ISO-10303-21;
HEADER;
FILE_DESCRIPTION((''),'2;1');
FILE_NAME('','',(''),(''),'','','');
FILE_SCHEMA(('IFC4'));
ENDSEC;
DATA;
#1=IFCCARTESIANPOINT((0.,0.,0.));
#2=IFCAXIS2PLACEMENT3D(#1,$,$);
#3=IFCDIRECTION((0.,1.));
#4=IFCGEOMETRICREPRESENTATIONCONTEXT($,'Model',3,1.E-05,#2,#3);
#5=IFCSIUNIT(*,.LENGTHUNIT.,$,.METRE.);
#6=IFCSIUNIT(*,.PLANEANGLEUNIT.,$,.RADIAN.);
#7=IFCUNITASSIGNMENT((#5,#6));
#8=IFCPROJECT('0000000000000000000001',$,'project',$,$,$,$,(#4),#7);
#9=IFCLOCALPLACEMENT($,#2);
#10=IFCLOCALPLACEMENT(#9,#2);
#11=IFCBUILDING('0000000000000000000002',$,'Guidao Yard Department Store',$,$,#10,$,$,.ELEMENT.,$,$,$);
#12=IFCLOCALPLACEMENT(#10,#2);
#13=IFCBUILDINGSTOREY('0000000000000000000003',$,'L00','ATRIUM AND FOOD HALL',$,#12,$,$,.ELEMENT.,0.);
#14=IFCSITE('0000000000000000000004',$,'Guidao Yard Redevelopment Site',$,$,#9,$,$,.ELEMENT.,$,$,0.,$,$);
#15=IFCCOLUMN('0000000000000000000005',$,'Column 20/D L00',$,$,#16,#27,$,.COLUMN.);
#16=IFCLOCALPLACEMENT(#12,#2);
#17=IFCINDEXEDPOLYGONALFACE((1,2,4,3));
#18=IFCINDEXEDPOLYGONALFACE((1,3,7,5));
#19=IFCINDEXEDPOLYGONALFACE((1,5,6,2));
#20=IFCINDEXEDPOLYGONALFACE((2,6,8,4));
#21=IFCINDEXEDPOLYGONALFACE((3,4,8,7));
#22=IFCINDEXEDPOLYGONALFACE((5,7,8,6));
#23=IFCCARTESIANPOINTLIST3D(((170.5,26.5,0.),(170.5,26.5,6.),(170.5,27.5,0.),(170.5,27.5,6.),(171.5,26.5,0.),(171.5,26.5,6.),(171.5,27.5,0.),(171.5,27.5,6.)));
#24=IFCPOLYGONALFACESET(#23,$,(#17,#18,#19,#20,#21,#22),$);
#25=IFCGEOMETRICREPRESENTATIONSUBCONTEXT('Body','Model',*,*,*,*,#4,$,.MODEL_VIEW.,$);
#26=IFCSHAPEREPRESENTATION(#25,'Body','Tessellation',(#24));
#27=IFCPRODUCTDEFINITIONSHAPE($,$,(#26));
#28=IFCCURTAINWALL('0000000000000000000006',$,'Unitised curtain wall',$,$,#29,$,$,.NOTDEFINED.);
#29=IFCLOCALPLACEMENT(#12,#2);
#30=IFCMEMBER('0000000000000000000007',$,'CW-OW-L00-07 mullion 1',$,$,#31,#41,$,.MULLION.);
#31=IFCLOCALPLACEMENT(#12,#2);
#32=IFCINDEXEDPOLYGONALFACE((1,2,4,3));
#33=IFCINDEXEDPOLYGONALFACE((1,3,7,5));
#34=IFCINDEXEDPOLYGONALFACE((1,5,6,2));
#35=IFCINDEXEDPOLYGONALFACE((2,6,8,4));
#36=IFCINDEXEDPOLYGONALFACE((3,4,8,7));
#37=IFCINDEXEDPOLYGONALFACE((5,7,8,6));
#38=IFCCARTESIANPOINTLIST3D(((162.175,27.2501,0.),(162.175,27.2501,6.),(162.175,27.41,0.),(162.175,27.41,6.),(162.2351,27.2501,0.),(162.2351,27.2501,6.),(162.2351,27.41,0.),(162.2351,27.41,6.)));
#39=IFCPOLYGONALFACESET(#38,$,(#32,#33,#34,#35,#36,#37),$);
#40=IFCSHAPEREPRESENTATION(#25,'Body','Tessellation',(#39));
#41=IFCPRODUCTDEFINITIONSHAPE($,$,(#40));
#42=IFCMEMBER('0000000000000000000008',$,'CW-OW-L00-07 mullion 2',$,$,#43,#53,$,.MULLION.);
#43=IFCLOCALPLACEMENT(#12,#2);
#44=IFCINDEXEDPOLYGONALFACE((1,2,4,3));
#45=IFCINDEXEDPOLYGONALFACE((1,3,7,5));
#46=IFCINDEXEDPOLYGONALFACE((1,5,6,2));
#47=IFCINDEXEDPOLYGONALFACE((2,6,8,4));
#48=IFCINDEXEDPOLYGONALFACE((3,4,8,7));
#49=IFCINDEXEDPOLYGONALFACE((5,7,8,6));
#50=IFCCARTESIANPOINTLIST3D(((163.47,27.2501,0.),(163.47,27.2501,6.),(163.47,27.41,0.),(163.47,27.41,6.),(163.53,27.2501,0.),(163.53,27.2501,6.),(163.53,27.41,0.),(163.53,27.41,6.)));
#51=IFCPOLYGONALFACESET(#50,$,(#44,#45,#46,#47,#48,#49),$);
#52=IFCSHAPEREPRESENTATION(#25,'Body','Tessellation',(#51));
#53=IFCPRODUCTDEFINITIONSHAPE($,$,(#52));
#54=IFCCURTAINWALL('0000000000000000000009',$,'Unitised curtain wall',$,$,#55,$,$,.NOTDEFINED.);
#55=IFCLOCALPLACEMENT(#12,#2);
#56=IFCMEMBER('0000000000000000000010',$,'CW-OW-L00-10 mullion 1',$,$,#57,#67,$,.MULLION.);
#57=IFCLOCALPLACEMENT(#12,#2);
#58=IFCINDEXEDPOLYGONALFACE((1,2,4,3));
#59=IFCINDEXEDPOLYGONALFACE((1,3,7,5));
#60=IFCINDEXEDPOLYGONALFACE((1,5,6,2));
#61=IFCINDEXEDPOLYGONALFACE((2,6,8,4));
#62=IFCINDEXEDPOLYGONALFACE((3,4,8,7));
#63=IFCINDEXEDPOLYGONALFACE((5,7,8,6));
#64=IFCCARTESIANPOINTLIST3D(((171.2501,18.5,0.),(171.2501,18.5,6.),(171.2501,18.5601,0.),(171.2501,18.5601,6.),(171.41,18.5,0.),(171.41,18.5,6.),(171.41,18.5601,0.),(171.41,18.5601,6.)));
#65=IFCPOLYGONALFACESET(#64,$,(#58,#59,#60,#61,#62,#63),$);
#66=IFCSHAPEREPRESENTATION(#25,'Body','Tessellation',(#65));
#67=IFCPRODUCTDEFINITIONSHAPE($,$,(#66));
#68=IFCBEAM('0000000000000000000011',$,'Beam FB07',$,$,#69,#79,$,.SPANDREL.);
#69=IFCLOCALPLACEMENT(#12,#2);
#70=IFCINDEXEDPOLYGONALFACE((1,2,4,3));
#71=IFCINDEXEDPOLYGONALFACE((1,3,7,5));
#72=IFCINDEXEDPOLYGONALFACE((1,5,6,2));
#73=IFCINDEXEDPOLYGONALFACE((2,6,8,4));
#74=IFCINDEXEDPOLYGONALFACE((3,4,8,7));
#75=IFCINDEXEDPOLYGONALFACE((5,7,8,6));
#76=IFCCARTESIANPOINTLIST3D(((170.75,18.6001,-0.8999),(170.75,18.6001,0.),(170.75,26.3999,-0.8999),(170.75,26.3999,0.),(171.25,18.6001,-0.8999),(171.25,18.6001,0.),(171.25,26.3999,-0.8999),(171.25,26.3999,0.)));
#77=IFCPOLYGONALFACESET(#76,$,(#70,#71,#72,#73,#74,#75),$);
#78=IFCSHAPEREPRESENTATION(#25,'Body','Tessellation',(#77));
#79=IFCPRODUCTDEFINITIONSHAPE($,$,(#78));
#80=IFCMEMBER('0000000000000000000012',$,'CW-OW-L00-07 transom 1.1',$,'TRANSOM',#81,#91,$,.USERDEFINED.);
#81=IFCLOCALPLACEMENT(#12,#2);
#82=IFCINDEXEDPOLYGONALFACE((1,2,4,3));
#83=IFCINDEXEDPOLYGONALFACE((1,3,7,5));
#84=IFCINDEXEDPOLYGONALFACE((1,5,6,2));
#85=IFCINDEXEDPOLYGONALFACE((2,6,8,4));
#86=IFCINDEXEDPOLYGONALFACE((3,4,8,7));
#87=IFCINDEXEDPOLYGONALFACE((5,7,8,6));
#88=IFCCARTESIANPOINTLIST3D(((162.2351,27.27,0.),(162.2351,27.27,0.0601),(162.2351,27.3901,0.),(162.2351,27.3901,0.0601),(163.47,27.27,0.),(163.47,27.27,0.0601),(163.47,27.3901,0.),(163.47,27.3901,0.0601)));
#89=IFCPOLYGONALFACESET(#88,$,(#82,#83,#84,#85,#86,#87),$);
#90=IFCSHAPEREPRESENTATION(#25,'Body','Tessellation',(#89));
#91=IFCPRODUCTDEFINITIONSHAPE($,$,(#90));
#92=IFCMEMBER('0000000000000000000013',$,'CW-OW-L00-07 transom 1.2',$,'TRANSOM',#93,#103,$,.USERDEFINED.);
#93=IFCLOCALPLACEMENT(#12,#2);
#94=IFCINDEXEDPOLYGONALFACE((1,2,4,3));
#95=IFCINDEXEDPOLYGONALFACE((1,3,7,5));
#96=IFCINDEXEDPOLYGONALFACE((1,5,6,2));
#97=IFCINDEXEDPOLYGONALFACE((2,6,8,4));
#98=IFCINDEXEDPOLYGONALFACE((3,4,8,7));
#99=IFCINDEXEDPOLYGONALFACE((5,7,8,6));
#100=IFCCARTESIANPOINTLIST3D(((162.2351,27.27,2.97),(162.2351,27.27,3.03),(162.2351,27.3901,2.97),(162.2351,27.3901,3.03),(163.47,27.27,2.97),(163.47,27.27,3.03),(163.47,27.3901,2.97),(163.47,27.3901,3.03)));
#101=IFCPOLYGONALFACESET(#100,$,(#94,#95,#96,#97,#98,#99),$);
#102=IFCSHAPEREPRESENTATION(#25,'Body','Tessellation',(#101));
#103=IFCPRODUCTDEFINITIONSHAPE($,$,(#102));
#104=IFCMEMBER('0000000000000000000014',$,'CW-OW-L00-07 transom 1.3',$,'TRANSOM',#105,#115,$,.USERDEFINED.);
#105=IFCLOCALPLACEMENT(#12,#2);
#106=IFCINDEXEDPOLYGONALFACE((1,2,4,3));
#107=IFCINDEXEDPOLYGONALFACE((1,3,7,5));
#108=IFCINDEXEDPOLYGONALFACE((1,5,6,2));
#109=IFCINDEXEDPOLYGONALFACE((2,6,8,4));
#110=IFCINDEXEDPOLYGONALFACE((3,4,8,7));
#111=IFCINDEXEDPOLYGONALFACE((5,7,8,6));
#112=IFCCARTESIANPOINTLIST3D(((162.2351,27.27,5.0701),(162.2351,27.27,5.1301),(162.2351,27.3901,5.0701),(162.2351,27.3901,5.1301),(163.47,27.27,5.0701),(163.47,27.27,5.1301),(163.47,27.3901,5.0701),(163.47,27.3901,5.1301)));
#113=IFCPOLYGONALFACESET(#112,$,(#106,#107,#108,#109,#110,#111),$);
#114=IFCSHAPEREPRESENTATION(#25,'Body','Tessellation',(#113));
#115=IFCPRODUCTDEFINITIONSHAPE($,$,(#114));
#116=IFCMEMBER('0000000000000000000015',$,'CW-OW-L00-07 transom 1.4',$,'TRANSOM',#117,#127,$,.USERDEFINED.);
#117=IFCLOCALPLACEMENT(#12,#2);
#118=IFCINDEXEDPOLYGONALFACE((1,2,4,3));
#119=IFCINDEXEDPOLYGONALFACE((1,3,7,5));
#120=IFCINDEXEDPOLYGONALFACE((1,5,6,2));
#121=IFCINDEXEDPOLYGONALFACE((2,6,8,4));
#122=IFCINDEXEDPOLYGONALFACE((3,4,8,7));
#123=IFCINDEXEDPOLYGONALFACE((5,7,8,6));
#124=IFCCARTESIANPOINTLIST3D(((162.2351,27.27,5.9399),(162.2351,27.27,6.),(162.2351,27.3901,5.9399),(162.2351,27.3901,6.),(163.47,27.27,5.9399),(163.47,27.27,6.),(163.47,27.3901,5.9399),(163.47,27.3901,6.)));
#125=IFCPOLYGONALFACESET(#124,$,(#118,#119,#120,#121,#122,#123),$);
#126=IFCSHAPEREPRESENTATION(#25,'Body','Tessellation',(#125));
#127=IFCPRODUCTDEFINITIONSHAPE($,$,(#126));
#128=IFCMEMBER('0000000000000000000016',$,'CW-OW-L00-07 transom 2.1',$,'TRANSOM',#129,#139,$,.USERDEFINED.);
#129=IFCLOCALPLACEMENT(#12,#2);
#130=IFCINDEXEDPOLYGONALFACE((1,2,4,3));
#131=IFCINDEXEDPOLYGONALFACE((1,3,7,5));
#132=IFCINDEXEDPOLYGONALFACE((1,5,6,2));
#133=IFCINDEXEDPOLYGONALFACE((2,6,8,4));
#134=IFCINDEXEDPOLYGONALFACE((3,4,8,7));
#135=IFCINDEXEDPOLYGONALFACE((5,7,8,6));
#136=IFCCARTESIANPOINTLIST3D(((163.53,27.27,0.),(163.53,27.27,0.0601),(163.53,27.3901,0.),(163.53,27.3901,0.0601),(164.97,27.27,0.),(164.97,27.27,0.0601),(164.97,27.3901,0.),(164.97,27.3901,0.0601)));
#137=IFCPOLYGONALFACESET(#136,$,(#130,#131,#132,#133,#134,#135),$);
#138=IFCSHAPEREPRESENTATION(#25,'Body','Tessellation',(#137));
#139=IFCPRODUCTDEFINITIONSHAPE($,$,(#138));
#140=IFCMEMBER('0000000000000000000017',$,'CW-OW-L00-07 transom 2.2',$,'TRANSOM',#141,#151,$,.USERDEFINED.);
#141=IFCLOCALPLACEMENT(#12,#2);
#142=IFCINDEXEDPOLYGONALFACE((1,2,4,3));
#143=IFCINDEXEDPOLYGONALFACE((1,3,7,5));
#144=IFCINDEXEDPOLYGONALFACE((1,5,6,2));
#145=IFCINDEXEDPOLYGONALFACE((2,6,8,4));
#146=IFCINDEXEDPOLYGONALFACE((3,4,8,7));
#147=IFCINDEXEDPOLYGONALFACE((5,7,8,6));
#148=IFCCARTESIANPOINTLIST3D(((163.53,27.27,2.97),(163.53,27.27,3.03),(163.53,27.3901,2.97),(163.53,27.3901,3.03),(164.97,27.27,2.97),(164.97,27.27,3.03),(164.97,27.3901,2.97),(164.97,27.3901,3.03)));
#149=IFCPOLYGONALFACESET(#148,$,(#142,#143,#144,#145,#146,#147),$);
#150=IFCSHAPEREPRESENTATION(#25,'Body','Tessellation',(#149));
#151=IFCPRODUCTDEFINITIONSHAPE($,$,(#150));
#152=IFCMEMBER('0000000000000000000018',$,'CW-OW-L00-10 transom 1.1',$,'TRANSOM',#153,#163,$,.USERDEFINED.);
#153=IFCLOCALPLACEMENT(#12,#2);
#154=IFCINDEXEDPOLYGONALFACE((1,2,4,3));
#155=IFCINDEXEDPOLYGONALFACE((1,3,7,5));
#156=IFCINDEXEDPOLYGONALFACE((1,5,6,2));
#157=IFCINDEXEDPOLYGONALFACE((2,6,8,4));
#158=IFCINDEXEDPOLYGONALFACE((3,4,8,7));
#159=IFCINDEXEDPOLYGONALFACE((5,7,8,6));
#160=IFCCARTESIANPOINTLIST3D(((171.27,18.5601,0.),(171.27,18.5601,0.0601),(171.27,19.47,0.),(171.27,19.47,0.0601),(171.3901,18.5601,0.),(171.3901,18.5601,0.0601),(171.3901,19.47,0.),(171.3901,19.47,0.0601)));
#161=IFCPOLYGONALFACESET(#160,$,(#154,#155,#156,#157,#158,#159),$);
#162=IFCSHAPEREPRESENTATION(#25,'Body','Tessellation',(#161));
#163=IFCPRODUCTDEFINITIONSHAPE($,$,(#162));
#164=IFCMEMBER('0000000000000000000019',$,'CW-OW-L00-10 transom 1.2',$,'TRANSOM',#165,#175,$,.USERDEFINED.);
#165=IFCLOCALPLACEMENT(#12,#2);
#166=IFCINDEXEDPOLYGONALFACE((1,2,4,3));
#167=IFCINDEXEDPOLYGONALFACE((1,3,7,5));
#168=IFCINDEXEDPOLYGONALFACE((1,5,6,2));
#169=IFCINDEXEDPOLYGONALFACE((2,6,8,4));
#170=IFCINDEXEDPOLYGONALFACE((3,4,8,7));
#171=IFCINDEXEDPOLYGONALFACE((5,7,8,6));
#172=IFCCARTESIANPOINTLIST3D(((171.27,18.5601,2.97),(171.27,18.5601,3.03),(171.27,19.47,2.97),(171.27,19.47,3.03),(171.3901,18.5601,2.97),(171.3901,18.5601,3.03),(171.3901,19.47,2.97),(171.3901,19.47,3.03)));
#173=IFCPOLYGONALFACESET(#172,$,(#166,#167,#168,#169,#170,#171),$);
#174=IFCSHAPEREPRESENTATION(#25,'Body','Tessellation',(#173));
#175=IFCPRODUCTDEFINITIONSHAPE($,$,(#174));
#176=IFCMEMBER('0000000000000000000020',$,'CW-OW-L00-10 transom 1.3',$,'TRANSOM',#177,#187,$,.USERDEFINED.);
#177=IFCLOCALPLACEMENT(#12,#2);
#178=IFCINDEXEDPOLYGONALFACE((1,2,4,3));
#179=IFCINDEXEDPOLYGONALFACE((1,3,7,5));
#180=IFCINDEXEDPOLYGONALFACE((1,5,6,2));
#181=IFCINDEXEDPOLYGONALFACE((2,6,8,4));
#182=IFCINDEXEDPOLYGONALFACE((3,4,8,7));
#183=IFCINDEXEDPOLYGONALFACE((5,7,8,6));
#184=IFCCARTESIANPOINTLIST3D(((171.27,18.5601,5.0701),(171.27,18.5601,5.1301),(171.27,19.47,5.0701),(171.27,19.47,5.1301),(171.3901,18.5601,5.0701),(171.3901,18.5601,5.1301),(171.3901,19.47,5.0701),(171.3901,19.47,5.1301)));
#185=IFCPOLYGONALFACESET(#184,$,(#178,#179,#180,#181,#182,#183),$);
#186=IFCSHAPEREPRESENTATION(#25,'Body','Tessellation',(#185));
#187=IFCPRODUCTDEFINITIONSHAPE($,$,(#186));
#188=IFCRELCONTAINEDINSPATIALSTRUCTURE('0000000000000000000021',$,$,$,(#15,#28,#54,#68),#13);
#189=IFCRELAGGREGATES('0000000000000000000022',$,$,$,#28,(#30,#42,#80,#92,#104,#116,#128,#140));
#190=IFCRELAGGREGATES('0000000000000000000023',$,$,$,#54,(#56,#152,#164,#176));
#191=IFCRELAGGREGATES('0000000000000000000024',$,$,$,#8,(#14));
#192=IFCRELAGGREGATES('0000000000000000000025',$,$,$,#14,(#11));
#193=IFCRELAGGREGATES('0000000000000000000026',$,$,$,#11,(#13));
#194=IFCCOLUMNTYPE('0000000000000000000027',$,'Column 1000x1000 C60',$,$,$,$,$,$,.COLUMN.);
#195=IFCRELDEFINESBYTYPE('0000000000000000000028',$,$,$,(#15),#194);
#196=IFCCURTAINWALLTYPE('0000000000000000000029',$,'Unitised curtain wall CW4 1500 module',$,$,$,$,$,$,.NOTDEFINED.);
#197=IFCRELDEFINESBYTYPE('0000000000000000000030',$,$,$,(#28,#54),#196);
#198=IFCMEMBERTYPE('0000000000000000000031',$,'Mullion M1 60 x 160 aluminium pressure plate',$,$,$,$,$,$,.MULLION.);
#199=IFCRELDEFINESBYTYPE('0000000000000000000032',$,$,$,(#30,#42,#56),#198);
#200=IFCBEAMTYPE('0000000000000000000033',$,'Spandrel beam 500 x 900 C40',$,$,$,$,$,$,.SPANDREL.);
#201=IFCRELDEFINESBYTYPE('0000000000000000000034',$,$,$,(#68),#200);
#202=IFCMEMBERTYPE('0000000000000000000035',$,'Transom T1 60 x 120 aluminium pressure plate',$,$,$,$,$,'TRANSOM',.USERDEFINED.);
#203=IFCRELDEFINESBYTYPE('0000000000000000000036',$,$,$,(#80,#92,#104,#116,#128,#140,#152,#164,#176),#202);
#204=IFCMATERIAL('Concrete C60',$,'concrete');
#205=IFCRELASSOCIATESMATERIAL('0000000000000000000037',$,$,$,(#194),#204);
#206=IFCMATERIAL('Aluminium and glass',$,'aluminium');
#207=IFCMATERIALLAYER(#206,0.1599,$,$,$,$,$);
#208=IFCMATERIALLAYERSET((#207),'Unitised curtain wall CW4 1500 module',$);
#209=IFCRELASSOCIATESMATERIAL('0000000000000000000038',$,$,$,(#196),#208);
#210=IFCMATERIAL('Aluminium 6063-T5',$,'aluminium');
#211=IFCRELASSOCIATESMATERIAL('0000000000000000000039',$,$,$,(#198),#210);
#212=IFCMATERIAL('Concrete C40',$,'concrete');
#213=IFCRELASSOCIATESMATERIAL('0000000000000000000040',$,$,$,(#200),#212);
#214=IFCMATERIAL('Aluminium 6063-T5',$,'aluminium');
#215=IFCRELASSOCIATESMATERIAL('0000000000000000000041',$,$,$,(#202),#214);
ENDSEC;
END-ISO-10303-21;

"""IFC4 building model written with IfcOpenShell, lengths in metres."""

from ifc_helpers import new_model, si_unit, direction, frame, origin, origin_2d, place, context, subcontext, project, spatial, rectangle, extrude, material, layer, layer_set, material_profile, profile_set, type_object, element, aggregate, save


model = new_model("IFC4")

# Units and contexts
model_context = context("Model", 3, precision=1e-05, world=origin(), true_north=direction((0.0, 1.0)))
body_context = subcontext(model_context, "Body", "Model", "MODEL_VIEW")
ifc_project = project(units=[si_unit("LENGTHUNIT", "METRE"), si_unit("PLANEANGLEUNIT", "RADIAN")], contexts=[model_context])

# Site, building, storey
site_placement = place(None, origin())
site = spatial("IfcSite", under=ifc_project, at=site_placement, Name="Guidao Yard Redevelopment Site", CompositionType="ELEMENT", RefElevation=0.0)
building_placement = place(site_placement, origin())
building = spatial("IfcBuilding", under=site, at=building_placement, Name="Guidao Yard Department Store", CompositionType="ELEMENT")
storey_placement = place(building_placement, origin())
storey = spatial("IfcBuildingStorey", under=building, at=storey_placement, Name="L00", Description="ATRIUM AND FOOD HALL", CompositionType="ELEMENT", Elevation=0.0)

# Column
ifc_material_1 = material(Name="Concrete C60", Category="concrete")
ifc_material_profile_1 = material_profile(ifc_material_1, rectangle(XDim=1.0, YDim=1.0, at=origin_2d()), Name="COL 1000x1000")
ifc_profile_set_1 = profile_set([ifc_material_profile_1], Name="Concrete C60")
column_type = type_object("IfcColumnType", Name="Column 1000x1000 C60", PredefinedType="COLUMN", material=ifc_profile_set_1)
column_placement = place(storey_placement, frame((171.0, 27.0, 0.0), z_axis=(0.0, 0.0, 1.0), x_axis=(1.0, 0.0, 0.0)))
element("IfcColumn", 1, at=column_placement, inside=storey, type_object=column_type, Name="Column 20/D L00", PredefinedType="COLUMN", context=body_context, shape_type="SweptSolid", body=[
    extrude(rectangle(XDim=1.0, YDim=1.0, at=origin_2d()), origin(), (0.0, 0.0, 1.0), 6.0),
])

# Curtain wall, members
ifc_material_2 = material(Name="Aluminium and glass", Category="aluminium")
ifc_layer_1 = layer(ifc_material_2, 0.1599)
ifc_layer_set_1 = layer_set([ifc_layer_1], Name="Unitised curtain wall CW4 1500 module")
curtain_wall_type = type_object("IfcCurtainWallType", Name="Unitised curtain wall CW4 1500 module", PredefinedType="NOTDEFINED", material=ifc_layer_set_1)
curtain_wall_1_placement = place(storey_placement, origin())
curtain_wall_1 = element("IfcCurtainWall", 2, at=curtain_wall_1_placement, inside=storey, type_object=curtain_wall_type, Name="Unitised curtain wall", PredefinedType="NOTDEFINED")
ifc_material_3 = material(Name="Aluminium 6063-T5", Category="aluminium")
ifc_material_profile_2 = material_profile(ifc_material_3, rectangle(XDim=0.0601, YDim=0.1599, at=origin_2d()), Name="Mullion M1 60 x 160 aluminium pressure plate")
ifc_profile_set_2 = profile_set([ifc_material_profile_2], Name="Aluminium 6063-T5")
member_type_1 = type_object("IfcMemberType", Name="Mullion M1 60 x 160 aluminium pressure plate", PredefinedType="MULLION", material=ifc_profile_set_2)
member_1_placement = place(storey_placement, frame((162.2051, 27.3301, 0.0), z_axis=(0.0, 0.0, 1.0), x_axis=(1.0, 0.0, 0.0)))
member_1 = element("IfcMember", 3, at=member_1_placement, type_object=member_type_1, Name="CW-OW-L00-07 mullion 1", PredefinedType="MULLION", context=body_context, shape_type="SweptSolid", body=[
    extrude(rectangle(XDim=0.0601, YDim=0.1599, at=origin_2d()), origin(), (0.0, 0.0, 1.0), 6.0),
])
member_2_placement = place(storey_placement, frame((163.5, 27.3301, 0.0), z_axis=(0.0, 0.0, 1.0), x_axis=(1.0, 0.0, 0.0)))
member_2 = element("IfcMember", 4, at=member_2_placement, type_object=member_type_1, Name="CW-OW-L00-07 mullion 2", PredefinedType="MULLION", context=body_context, shape_type="SweptSolid", body=[
    extrude(rectangle(XDim=0.0601, YDim=0.1599, at=origin_2d()), origin(), (0.0, 0.0, 1.0), 6.0),
])

# Curtain wall, member
curtain_wall_2_placement = place(storey_placement, origin())
curtain_wall_2 = element("IfcCurtainWall", 5, at=curtain_wall_2_placement, inside=storey, type_object=curtain_wall_type, Name="Unitised curtain wall", PredefinedType="NOTDEFINED")
member_3_placement = place(storey_placement, frame((171.3301, 18.53, 0.0), z_axis=(0.0, 0.0, 1.0), x_axis=(0.0, -1.0, 0.0)))
member_3 = element("IfcMember", 6, at=member_3_placement, type_object=member_type_1, Name="CW-OW-L00-10 mullion 1", PredefinedType="MULLION", context=body_context, shape_type="SweptSolid", body=[
    extrude(rectangle(XDim=0.0601, YDim=0.1599, at=origin_2d()), origin(), (0.0, 0.0, 1.0), 6.0),
])

# Beam
ifc_material_4 = material(Name="Concrete C40", Category="concrete")
ifc_material_profile_3 = material_profile(ifc_material_4, rectangle(XDim=0.5, YDim=0.8999, at=origin_2d()), Name="Spandrel beam 500 x 900 C40")
ifc_profile_set_3 = profile_set([ifc_material_profile_3], Name="Concrete C40")
beam_type = type_object("IfcBeamType", Name="Spandrel beam 500 x 900 C40", PredefinedType="SPANDREL", material=ifc_profile_set_3)
beam_placement = place(storey_placement, frame((171.0, 18.6001, -0.45), z_axis=(0.0, 1.0, 0.0), x_axis=(-1.0, 0.0, 0.0)))
element("IfcBeam", 7, at=beam_placement, inside=storey, type_object=beam_type, Name="Beam FB07", PredefinedType="SPANDREL", context=body_context, shape_type="SweptSolid", body=[
    extrude(rectangle(XDim=0.5, YDim=0.8999, at=origin_2d()), origin(), (0.0, 0.0, 1.0), 7.7998),
])

# Members
ifc_material_5 = material(Name="Aluminium 6063-T5", Category="aluminium")
ifc_material_profile_4 = material_profile(ifc_material_5, rectangle(XDim=0.1201, YDim=0.0601, at=origin_2d()), Name="Transom T1 60 x 120 aluminium pressure plate")
ifc_profile_set_4 = profile_set([ifc_material_profile_4], Name="Aluminium 6063-T5")
member_type_2 = type_object("IfcMemberType", Name="Transom T1 60 x 120 aluminium pressure plate", ElementType="TRANSOM", PredefinedType="USERDEFINED", material=ifc_profile_set_4)
member_4_placement = place(storey_placement, frame((162.2351, 27.3301, 0.03), z_axis=(1.0, 0.0, 0.0), x_axis=(0.0, 1.0, 0.0)))
member_4 = element("IfcMember", 8, at=member_4_placement, type_object=member_type_2, Name="CW-OW-L00-07 transom 1.1", ObjectType="TRANSOM", PredefinedType="USERDEFINED", context=body_context, shape_type="SweptSolid", body=[
    extrude(rectangle(XDim=0.1201, YDim=0.0601, at=origin_2d()), origin(), (0.0, 0.0, 1.0), 1.2349),
])
member_5_placement = place(storey_placement, frame((162.2351, 27.3301, 3.0), z_axis=(1.0, 0.0, 0.0), x_axis=(0.0, 1.0, 0.0)))
member_5 = element("IfcMember", 9, at=member_5_placement, type_object=member_type_2, Name="CW-OW-L00-07 transom 1.2", ObjectType="TRANSOM", PredefinedType="USERDEFINED", context=body_context, shape_type="SweptSolid", body=[
    extrude(rectangle(XDim=0.1201, YDim=0.0601, at=origin_2d()), origin(), (0.0, 0.0, 1.0), 1.2349),
])
member_6_placement = place(storey_placement, frame((162.2351, 27.3301, 5.1001), z_axis=(1.0, 0.0, 0.0), x_axis=(0.0, 1.0, 0.0)))
member_6 = element("IfcMember", 10, at=member_6_placement, type_object=member_type_2, Name="CW-OW-L00-07 transom 1.3", ObjectType="TRANSOM", PredefinedType="USERDEFINED", context=body_context, shape_type="SweptSolid", body=[
    extrude(rectangle(XDim=0.1201, YDim=0.0601, at=origin_2d()), origin(), (0.0, 0.0, 1.0), 1.2349),
])
member_7_placement = place(storey_placement, frame((162.2351, 27.3301, 5.97), z_axis=(1.0, 0.0, 0.0), x_axis=(0.0, 1.0, 0.0)))
member_7 = element("IfcMember", 11, at=member_7_placement, type_object=member_type_2, Name="CW-OW-L00-07 transom 1.4", ObjectType="TRANSOM", PredefinedType="USERDEFINED", context=body_context, shape_type="SweptSolid", body=[
    extrude(rectangle(XDim=0.1201, YDim=0.0601, at=origin_2d()), origin(), (0.0, 0.0, 1.0), 1.2349),
])
member_8_placement = place(storey_placement, frame((163.53, 27.3301, 0.03), z_axis=(1.0, 0.0, 0.0), x_axis=(0.0, 1.0, 0.0)))
member_8 = element("IfcMember", 12, at=member_8_placement, type_object=member_type_2, Name="CW-OW-L00-07 transom 2.1", ObjectType="TRANSOM", PredefinedType="USERDEFINED", context=body_context, shape_type="SweptSolid", body=[
    extrude(rectangle(XDim=0.1201, YDim=0.0601, at=origin_2d()), origin(), (0.0, 0.0, 1.0), 1.4399),
])
member_9_placement = place(storey_placement, frame((163.53, 27.3301, 3.0), z_axis=(1.0, 0.0, 0.0), x_axis=(0.0, 1.0, 0.0)))
member_9 = element("IfcMember", 13, at=member_9_placement, type_object=member_type_2, Name="CW-OW-L00-07 transom 2.2", ObjectType="TRANSOM", PredefinedType="USERDEFINED", context=body_context, shape_type="SweptSolid", body=[
    extrude(rectangle(XDim=0.1201, YDim=0.0601, at=origin_2d()), origin(), (0.0, 0.0, 1.0), 1.4399),
])
member_10_placement = place(storey_placement, frame((171.3301, 19.47, 0.03), z_axis=(0.0, -1.0, 0.0), x_axis=(1.0, 0.0, 0.0)))
member_10 = element("IfcMember", 14, at=member_10_placement, type_object=member_type_2, Name="CW-OW-L00-10 transom 1.1", ObjectType="TRANSOM", PredefinedType="USERDEFINED", context=body_context, shape_type="SweptSolid", body=[
    extrude(rectangle(XDim=0.1201, YDim=0.0601, at=origin_2d()), origin(), (0.0, 0.0, 1.0), 0.9099),
])
member_11_placement = place(storey_placement, frame((171.3301, 19.47, 3.0), z_axis=(0.0, -1.0, 0.0), x_axis=(1.0, 0.0, 0.0)))
member_11 = element("IfcMember", 15, at=member_11_placement, type_object=member_type_2, Name="CW-OW-L00-10 transom 1.2", ObjectType="TRANSOM", PredefinedType="USERDEFINED", context=body_context, shape_type="SweptSolid", body=[
    extrude(rectangle(XDim=0.1201, YDim=0.0601, at=origin_2d()), origin(), (0.0, 0.0, 1.0), 0.9099),
])
member_12_placement = place(storey_placement, frame((171.3301, 19.47, 5.1001), z_axis=(0.0, -1.0, 0.0), x_axis=(1.0, 0.0, 0.0)))
member_12 = element("IfcMember", 16, at=member_12_placement, type_object=member_type_2, Name="CW-OW-L00-10 transom 1.3", ObjectType="TRANSOM", PredefinedType="USERDEFINED", context=body_context, shape_type="SweptSolid", body=[
    extrude(rectangle(XDim=0.1201, YDim=0.0601, at=origin_2d()), origin(), (0.0, 0.0, 1.0), 0.9099),
])

aggregate(curtain_wall_1, [member_1, member_2, member_4, member_5, member_6, member_7, member_8, member_9])
aggregate(curtain_wall_2, [member_3, member_10, member_11, member_12])

save(model, "model.ifc")
